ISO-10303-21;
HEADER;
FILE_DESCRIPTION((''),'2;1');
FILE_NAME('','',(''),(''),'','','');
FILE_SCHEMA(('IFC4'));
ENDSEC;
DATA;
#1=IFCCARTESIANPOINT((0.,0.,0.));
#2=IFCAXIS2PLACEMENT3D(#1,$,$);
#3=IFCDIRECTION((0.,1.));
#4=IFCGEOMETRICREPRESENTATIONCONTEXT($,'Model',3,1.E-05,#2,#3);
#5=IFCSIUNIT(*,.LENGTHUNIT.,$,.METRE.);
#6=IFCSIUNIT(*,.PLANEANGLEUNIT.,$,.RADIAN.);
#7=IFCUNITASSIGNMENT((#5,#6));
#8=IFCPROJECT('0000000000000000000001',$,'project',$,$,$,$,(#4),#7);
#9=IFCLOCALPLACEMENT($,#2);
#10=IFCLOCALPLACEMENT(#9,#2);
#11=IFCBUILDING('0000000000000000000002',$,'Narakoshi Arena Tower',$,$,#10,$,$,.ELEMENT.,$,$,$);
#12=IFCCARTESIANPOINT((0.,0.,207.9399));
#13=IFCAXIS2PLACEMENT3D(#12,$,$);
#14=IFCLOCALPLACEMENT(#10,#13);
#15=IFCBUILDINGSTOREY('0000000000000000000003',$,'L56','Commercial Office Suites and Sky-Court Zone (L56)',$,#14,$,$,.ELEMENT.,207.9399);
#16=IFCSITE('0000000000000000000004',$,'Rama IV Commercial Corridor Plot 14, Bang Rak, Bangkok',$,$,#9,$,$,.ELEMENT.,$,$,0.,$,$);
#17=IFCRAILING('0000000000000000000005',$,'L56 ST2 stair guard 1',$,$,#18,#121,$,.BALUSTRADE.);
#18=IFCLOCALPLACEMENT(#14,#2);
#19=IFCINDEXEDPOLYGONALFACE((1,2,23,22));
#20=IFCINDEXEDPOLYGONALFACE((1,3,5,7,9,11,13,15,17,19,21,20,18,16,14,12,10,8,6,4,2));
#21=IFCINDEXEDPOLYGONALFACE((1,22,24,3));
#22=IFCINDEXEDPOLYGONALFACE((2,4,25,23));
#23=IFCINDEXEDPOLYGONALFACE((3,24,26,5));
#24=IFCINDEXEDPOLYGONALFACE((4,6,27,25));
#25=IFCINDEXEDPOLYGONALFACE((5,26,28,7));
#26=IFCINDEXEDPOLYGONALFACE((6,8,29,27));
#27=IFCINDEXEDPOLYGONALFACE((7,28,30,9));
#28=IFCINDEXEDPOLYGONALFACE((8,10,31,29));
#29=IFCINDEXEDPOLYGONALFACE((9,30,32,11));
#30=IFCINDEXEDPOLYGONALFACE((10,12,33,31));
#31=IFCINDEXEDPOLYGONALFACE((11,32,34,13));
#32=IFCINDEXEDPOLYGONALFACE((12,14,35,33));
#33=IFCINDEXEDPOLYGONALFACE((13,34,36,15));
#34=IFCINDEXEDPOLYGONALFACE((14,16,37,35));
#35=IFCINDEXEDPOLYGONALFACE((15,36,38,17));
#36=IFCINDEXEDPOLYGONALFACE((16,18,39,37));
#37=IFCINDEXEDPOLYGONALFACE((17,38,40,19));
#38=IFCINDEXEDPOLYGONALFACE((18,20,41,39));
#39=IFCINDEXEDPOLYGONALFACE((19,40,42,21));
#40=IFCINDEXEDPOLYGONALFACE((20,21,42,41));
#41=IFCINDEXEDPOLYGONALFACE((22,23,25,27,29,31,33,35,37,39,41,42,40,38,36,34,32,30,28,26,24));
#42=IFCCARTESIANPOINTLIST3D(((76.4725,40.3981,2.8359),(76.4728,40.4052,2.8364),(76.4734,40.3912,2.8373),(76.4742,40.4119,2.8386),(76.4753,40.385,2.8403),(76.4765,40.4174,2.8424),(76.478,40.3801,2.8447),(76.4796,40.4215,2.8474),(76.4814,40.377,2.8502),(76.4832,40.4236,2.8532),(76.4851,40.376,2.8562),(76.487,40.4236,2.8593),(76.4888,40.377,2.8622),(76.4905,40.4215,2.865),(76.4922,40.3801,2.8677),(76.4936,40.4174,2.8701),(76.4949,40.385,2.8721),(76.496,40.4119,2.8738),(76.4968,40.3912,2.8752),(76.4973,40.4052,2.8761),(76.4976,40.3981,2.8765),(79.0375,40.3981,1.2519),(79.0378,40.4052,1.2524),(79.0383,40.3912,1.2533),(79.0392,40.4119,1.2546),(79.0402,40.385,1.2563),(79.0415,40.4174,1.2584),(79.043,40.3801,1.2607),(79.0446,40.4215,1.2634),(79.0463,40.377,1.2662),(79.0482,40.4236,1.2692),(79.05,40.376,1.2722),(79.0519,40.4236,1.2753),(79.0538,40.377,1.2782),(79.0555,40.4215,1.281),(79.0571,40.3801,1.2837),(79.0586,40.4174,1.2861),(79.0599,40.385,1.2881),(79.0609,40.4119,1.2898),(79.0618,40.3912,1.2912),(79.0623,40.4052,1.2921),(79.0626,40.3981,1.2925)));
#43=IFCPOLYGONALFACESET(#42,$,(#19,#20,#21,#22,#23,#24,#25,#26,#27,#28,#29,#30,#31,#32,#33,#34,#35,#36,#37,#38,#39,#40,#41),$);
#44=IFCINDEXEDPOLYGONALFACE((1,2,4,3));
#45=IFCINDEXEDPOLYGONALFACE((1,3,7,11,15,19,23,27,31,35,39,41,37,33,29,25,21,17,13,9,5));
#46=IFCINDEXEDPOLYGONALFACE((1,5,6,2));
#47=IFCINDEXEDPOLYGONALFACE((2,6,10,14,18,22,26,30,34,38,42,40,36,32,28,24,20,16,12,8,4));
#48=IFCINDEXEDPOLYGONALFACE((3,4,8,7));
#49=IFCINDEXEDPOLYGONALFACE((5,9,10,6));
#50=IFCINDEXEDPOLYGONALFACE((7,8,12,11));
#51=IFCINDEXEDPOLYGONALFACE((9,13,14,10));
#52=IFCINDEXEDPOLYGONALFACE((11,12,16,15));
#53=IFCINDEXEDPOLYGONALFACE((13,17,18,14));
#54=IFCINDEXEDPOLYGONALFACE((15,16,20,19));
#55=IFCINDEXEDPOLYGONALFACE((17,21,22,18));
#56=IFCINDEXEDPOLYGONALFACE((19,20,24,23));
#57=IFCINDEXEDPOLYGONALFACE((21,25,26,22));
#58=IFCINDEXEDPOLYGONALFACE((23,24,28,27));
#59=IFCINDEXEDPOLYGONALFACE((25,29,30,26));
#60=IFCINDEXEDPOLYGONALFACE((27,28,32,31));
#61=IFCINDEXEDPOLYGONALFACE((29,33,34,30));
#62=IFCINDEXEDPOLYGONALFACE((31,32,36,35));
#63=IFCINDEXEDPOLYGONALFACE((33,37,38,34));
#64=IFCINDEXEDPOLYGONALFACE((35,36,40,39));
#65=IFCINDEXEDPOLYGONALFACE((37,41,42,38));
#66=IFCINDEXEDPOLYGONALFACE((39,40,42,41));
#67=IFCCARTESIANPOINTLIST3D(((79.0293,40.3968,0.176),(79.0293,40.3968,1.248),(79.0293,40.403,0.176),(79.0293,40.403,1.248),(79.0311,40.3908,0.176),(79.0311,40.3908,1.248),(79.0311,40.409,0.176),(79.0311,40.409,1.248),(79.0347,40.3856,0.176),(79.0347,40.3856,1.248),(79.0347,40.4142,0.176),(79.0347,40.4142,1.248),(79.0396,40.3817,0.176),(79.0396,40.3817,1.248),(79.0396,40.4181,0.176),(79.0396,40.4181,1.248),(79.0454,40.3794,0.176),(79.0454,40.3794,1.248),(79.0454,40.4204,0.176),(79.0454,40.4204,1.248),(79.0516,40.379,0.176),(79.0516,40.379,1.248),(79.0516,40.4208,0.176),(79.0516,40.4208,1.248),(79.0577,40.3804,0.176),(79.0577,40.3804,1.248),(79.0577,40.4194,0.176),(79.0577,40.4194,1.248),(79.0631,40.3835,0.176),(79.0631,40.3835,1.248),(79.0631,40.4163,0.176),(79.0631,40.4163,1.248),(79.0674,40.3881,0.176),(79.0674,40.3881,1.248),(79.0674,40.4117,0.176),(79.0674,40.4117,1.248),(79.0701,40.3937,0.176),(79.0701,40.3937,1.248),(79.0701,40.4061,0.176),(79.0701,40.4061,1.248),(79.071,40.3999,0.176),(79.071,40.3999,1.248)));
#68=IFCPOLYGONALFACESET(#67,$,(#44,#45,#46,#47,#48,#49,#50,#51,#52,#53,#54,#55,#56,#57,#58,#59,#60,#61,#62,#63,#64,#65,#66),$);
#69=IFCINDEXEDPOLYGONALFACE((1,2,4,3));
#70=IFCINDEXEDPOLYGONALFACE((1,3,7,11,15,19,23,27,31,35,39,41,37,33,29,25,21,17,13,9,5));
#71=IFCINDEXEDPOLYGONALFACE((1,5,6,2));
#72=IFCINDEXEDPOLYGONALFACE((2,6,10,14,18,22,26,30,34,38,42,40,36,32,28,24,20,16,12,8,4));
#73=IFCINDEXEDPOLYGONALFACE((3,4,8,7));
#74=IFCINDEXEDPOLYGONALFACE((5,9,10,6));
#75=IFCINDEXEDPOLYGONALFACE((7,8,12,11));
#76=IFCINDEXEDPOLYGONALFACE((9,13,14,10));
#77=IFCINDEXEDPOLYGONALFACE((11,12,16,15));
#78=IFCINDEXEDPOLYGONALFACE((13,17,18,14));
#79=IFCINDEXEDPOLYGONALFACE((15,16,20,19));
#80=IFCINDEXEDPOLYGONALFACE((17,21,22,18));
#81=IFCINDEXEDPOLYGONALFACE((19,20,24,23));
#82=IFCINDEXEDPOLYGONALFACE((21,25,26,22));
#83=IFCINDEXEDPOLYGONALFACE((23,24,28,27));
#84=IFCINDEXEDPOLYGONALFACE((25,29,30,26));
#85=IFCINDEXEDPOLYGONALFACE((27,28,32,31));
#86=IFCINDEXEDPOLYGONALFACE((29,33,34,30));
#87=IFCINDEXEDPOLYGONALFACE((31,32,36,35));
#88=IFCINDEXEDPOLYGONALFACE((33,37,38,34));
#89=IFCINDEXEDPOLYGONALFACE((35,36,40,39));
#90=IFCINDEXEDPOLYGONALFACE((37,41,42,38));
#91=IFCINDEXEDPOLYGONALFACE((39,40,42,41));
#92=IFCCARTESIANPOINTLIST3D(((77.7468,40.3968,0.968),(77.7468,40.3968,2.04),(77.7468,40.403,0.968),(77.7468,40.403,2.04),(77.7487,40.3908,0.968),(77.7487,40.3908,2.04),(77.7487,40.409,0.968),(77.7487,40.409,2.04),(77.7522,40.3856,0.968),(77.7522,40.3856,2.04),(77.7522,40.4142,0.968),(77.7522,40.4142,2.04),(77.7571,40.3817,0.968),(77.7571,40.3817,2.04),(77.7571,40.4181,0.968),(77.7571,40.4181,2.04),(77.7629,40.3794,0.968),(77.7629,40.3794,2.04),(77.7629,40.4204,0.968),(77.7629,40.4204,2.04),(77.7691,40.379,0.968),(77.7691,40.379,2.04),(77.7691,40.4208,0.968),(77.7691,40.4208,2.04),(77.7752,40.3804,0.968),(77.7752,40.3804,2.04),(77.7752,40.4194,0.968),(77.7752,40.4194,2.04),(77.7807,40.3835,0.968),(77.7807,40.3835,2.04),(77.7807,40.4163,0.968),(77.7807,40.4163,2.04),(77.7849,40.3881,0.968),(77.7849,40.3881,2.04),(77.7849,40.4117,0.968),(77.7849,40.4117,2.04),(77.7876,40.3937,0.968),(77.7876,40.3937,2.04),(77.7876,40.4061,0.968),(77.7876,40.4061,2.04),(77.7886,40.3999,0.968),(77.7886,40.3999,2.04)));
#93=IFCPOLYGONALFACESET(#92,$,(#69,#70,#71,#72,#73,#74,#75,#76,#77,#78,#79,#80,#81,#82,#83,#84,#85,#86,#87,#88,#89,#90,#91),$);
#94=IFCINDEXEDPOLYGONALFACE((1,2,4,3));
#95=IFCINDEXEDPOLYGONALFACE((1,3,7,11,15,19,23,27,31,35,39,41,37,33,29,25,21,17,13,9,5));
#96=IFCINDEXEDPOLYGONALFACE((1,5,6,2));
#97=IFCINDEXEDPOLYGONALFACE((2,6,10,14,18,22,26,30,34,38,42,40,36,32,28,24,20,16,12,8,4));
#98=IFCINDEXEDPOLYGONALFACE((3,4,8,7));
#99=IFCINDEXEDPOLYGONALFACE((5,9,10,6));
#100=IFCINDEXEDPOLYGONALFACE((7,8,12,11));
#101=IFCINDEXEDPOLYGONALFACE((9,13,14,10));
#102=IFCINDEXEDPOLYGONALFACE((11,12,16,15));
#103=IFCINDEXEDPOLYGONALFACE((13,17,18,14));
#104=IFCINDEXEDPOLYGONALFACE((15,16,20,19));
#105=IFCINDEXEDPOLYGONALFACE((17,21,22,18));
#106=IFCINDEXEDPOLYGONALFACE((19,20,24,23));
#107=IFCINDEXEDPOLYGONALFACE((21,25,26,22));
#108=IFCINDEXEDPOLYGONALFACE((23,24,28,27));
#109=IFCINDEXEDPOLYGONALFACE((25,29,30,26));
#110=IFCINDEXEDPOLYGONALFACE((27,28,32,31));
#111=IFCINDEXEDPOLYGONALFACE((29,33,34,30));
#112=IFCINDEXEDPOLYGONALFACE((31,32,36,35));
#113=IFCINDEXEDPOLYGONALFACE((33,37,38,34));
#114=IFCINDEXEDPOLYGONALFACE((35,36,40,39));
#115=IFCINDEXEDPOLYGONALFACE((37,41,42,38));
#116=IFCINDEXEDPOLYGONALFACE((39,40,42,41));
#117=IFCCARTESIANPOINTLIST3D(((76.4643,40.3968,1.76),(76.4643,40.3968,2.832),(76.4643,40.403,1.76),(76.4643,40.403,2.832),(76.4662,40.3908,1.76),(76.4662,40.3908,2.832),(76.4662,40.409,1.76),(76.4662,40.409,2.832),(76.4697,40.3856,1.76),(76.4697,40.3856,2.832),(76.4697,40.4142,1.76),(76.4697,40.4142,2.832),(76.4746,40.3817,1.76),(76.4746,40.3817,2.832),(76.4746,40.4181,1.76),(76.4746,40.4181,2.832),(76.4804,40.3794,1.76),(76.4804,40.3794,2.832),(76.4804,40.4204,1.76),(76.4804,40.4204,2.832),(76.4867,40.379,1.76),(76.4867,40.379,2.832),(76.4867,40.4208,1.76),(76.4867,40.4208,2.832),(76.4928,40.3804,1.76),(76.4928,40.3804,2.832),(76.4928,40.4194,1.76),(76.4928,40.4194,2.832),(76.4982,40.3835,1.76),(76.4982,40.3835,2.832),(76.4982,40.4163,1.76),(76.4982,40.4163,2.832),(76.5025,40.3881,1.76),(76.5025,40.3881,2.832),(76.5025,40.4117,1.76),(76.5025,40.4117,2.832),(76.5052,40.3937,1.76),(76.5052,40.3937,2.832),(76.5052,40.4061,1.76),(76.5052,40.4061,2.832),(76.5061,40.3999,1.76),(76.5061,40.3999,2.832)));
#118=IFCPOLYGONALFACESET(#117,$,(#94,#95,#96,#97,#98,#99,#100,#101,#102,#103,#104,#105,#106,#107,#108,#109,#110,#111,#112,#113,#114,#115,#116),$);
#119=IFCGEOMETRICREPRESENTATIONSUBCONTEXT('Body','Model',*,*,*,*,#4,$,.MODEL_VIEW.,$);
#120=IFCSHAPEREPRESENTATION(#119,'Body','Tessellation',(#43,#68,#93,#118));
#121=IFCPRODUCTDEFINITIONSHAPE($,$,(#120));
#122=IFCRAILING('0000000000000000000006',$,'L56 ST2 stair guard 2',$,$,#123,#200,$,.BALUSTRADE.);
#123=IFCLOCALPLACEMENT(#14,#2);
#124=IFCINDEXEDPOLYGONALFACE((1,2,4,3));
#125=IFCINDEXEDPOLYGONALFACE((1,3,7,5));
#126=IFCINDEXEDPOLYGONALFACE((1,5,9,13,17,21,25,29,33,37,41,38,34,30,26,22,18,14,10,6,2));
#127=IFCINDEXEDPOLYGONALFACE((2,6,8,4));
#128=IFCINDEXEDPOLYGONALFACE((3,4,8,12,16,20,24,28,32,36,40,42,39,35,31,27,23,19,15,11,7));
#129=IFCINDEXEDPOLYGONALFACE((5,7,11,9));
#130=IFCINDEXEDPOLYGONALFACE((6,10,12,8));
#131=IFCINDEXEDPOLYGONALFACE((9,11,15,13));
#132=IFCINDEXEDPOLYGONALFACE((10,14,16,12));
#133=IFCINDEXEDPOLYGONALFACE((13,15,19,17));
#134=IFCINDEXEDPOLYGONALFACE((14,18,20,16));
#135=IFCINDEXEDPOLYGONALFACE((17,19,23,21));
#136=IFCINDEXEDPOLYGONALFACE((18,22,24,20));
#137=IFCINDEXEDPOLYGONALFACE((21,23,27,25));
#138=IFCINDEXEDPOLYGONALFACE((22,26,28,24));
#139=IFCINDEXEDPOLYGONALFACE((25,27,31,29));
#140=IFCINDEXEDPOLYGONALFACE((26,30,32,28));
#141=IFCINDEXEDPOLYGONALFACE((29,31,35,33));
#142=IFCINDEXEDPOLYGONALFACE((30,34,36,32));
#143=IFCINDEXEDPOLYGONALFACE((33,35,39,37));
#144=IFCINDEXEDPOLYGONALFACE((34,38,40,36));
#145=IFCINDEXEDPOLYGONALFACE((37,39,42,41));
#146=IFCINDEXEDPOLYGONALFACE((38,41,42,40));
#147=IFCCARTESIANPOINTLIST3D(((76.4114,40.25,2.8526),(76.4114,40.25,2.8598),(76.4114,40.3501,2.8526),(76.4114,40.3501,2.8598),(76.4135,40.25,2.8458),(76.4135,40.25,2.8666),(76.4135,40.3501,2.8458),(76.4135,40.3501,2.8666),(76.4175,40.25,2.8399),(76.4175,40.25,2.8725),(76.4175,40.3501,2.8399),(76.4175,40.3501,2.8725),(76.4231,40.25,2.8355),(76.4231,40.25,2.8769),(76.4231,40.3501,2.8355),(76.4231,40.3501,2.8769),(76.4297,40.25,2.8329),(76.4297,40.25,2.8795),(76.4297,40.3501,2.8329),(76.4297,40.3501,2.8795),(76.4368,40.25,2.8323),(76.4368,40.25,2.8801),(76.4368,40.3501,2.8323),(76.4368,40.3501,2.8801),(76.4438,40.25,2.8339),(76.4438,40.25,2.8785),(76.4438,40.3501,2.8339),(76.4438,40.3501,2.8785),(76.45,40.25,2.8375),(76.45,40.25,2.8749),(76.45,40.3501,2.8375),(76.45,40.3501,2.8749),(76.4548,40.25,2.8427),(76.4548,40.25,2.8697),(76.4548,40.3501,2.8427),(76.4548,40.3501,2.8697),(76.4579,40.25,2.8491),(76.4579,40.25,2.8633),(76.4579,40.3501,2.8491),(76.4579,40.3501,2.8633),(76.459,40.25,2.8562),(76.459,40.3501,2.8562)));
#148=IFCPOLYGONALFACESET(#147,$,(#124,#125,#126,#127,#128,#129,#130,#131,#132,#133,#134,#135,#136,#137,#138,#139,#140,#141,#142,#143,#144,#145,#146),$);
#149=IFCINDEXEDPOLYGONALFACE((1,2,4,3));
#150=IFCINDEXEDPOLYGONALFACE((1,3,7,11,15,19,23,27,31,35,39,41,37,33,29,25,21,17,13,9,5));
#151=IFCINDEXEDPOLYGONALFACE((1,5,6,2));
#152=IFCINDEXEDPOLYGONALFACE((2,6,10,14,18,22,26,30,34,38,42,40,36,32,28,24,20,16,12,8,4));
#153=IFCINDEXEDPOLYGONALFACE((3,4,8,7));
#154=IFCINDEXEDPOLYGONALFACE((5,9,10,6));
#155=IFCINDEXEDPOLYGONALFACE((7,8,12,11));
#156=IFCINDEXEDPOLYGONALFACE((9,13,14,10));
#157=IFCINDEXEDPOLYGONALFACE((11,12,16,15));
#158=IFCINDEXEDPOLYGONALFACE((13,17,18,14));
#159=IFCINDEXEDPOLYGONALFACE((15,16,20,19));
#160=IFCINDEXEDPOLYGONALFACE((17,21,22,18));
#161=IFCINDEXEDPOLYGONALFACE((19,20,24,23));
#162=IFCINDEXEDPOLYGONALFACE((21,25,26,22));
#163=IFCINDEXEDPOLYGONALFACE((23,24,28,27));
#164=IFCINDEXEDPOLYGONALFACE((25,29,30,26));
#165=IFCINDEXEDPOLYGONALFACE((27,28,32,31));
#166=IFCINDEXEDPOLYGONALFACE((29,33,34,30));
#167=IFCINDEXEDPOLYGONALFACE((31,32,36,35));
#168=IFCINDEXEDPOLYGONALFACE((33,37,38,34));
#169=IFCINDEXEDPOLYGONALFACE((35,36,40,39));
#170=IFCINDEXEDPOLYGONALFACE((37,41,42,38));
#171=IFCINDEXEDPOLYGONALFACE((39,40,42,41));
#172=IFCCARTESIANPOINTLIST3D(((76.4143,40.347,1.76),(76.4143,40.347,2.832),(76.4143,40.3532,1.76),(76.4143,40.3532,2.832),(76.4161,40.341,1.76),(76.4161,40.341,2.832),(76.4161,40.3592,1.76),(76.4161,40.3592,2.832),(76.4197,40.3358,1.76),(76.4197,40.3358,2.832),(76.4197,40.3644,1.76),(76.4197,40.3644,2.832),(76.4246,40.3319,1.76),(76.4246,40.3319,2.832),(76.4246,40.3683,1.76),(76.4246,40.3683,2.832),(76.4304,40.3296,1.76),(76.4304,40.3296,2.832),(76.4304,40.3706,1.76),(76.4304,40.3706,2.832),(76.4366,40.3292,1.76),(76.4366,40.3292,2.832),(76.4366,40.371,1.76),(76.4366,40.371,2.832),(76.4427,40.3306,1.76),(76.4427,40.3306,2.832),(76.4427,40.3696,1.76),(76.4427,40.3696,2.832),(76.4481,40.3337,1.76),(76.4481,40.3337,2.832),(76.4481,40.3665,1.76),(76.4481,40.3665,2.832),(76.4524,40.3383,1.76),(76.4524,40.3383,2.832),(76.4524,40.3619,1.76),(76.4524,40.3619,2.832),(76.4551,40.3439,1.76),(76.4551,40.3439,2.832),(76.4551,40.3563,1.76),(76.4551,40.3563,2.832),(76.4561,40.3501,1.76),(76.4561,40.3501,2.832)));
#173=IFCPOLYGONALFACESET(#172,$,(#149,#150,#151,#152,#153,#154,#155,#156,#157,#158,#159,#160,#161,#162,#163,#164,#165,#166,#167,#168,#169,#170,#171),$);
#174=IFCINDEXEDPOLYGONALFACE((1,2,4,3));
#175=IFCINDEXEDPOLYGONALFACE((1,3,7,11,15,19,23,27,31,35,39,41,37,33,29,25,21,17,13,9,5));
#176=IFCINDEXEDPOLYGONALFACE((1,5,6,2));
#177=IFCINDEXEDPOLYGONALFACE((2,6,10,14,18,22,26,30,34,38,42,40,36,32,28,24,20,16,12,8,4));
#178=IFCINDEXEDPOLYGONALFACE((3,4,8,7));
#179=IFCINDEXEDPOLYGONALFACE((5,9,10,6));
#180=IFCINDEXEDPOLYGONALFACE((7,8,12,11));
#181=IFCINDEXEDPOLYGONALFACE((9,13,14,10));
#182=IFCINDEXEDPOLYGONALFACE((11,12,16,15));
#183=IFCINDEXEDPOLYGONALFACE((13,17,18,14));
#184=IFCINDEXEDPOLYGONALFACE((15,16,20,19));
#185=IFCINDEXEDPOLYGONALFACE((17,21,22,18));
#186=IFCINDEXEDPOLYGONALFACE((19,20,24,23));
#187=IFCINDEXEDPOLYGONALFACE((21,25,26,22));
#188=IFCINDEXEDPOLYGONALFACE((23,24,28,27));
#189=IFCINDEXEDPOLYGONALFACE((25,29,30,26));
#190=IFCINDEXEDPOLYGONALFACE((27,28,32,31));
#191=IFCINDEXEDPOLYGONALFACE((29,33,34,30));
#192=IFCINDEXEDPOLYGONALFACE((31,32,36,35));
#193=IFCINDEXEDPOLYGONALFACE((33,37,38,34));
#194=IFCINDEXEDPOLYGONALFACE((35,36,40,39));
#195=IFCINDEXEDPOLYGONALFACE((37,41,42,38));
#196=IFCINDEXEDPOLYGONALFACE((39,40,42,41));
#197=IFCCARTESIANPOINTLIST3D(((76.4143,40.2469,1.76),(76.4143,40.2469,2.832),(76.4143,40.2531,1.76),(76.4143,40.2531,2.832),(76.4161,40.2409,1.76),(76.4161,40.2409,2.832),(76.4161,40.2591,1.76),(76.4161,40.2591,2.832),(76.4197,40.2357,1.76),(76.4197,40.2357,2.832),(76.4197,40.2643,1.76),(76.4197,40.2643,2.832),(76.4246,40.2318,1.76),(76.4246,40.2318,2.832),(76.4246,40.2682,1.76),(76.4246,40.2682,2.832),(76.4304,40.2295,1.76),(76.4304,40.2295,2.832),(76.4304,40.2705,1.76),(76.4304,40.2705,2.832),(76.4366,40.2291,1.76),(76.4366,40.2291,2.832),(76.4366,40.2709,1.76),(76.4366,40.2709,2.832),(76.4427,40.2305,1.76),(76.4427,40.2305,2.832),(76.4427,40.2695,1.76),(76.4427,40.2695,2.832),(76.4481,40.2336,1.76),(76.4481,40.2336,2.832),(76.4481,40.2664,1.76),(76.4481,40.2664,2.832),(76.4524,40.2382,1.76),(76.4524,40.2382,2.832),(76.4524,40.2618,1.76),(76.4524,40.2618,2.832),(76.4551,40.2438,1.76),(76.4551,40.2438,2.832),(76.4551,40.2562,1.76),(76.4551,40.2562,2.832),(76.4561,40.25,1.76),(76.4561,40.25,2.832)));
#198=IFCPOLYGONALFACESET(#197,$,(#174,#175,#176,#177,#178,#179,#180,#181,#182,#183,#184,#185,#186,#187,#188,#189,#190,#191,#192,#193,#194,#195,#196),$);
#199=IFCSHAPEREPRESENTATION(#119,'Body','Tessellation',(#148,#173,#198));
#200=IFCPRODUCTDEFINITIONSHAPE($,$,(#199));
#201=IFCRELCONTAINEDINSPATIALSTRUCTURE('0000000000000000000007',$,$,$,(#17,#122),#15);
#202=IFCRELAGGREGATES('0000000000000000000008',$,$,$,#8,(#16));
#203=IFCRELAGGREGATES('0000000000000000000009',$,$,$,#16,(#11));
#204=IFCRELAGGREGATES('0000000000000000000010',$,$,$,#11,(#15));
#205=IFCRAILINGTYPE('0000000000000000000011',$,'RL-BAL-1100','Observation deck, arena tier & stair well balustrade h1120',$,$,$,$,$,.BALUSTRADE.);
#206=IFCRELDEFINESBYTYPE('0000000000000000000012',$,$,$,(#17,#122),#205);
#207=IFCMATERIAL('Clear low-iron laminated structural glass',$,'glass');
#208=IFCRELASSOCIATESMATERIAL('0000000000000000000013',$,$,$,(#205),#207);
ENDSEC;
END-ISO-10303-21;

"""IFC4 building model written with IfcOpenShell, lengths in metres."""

from ifc_helpers import new_model, si_unit, direction, frame, origin, origin_2d, place, context, subcontext, project, spatial, circle, extrude, material, type_object, element, save


model = new_model("IFC4")

# Units and contexts
model_context = context("Model", 3, precision=1e-05, world=origin(), true_north=direction((0.0, 1.0)))
body_context = subcontext(model_context, "Body", "Model", "MODEL_VIEW")
ifc_project = project(units=[si_unit("LENGTHUNIT", "METRE"), si_unit("PLANEANGLEUNIT", "RADIAN")], contexts=[model_context])

# Site, building, storey
site_placement = place(None, origin())
site = spatial("IfcSite", under=ifc_project, at=site_placement, Name="Rama IV Commercial Corridor Plot 14, Bang Rak, Bangkok", CompositionType="ELEMENT", RefElevation=0.0)
building_placement = place(site_placement, origin())
building = spatial("IfcBuilding", under=site, at=building_placement, Name="Narakoshi Arena Tower", CompositionType="ELEMENT")
storey_placement = place(building_placement, frame((0.0, 0.0, 207.9399)))
storey = spatial("IfcBuildingStorey", under=building, at=storey_placement, Name="L56", Description="Commercial Office Suites and Sky-Court Zone (L56)", CompositionType="ELEMENT", Elevation=207.9399)

# Railings
ifc_material_1 = material(Name="Clear low-iron laminated structural glass", Category="glass")
railing_type_1 = type_object("IfcRailingType", Name="RL-BAL-1100", Description="Observation deck, arena tier & stair well balustrade h1120", PredefinedType="BALUSTRADE", material=ifc_material_1)
railing_1_placement = place(storey_placement, frame((79.05, 40.3999, 0.176)))
element("IfcRailing", 1, at=railing_1_placement, inside=storey, type_object=railing_type_1, Name="L56 ST2 stair guard 1", PredefinedType="BALUSTRADE", context=body_context, shape_type="SweptSolid", body=[
    extrude(circle(Radius=0.0239, at=origin_2d()), frame((0.0, 0.0, 1.0962), z_axis=(-0.850834, 0.0, 0.525434), x_axis=(0.0, -1.0, 0.0)), (0.0, 0.0, 1.0), 3.0146),
    extrude(circle(Radius=0.021, at=origin_2d()), origin(), (0.0, 0.0, 1.0), 1.072),
    extrude(circle(Radius=0.021, at=origin_2d()), frame((-1.2825, 0.0, 0.792)), (0.0, 0.0, 1.0), 1.072),
    extrude(circle(Radius=0.021, at=origin_2d()), frame((-2.5649, 0.0, 1.584)), (0.0, 0.0, 1.0), 1.072),
])
railing_2_placement = place(storey_placement, frame((76.4351, 40.3501, 1.76)))
element("IfcRailing", 2, at=railing_2_placement, inside=storey, type_object=railing_type_1, Name="L56 ST2 stair guard 2", PredefinedType="BALUSTRADE", context=body_context, shape_type="SweptSolid", body=[
    extrude(circle(Radius=0.0239, at=origin_2d()), frame((0.0, 0.0, 1.0962), z_axis=(0.0, -1.0, 0.0), x_axis=(1.0, 0.0, 0.0)), (0.0, 0.0, 1.0), 0.1001),
    extrude(circle(Radius=0.021, at=origin_2d()), origin(), (0.0, 0.0, 1.0), 1.072),
    extrude(circle(Radius=0.021, at=origin_2d()), frame((0.0, -0.1001, 0.0)), (0.0, 0.0, 1.0), 1.072),
])

save(model, "model.ifc")
